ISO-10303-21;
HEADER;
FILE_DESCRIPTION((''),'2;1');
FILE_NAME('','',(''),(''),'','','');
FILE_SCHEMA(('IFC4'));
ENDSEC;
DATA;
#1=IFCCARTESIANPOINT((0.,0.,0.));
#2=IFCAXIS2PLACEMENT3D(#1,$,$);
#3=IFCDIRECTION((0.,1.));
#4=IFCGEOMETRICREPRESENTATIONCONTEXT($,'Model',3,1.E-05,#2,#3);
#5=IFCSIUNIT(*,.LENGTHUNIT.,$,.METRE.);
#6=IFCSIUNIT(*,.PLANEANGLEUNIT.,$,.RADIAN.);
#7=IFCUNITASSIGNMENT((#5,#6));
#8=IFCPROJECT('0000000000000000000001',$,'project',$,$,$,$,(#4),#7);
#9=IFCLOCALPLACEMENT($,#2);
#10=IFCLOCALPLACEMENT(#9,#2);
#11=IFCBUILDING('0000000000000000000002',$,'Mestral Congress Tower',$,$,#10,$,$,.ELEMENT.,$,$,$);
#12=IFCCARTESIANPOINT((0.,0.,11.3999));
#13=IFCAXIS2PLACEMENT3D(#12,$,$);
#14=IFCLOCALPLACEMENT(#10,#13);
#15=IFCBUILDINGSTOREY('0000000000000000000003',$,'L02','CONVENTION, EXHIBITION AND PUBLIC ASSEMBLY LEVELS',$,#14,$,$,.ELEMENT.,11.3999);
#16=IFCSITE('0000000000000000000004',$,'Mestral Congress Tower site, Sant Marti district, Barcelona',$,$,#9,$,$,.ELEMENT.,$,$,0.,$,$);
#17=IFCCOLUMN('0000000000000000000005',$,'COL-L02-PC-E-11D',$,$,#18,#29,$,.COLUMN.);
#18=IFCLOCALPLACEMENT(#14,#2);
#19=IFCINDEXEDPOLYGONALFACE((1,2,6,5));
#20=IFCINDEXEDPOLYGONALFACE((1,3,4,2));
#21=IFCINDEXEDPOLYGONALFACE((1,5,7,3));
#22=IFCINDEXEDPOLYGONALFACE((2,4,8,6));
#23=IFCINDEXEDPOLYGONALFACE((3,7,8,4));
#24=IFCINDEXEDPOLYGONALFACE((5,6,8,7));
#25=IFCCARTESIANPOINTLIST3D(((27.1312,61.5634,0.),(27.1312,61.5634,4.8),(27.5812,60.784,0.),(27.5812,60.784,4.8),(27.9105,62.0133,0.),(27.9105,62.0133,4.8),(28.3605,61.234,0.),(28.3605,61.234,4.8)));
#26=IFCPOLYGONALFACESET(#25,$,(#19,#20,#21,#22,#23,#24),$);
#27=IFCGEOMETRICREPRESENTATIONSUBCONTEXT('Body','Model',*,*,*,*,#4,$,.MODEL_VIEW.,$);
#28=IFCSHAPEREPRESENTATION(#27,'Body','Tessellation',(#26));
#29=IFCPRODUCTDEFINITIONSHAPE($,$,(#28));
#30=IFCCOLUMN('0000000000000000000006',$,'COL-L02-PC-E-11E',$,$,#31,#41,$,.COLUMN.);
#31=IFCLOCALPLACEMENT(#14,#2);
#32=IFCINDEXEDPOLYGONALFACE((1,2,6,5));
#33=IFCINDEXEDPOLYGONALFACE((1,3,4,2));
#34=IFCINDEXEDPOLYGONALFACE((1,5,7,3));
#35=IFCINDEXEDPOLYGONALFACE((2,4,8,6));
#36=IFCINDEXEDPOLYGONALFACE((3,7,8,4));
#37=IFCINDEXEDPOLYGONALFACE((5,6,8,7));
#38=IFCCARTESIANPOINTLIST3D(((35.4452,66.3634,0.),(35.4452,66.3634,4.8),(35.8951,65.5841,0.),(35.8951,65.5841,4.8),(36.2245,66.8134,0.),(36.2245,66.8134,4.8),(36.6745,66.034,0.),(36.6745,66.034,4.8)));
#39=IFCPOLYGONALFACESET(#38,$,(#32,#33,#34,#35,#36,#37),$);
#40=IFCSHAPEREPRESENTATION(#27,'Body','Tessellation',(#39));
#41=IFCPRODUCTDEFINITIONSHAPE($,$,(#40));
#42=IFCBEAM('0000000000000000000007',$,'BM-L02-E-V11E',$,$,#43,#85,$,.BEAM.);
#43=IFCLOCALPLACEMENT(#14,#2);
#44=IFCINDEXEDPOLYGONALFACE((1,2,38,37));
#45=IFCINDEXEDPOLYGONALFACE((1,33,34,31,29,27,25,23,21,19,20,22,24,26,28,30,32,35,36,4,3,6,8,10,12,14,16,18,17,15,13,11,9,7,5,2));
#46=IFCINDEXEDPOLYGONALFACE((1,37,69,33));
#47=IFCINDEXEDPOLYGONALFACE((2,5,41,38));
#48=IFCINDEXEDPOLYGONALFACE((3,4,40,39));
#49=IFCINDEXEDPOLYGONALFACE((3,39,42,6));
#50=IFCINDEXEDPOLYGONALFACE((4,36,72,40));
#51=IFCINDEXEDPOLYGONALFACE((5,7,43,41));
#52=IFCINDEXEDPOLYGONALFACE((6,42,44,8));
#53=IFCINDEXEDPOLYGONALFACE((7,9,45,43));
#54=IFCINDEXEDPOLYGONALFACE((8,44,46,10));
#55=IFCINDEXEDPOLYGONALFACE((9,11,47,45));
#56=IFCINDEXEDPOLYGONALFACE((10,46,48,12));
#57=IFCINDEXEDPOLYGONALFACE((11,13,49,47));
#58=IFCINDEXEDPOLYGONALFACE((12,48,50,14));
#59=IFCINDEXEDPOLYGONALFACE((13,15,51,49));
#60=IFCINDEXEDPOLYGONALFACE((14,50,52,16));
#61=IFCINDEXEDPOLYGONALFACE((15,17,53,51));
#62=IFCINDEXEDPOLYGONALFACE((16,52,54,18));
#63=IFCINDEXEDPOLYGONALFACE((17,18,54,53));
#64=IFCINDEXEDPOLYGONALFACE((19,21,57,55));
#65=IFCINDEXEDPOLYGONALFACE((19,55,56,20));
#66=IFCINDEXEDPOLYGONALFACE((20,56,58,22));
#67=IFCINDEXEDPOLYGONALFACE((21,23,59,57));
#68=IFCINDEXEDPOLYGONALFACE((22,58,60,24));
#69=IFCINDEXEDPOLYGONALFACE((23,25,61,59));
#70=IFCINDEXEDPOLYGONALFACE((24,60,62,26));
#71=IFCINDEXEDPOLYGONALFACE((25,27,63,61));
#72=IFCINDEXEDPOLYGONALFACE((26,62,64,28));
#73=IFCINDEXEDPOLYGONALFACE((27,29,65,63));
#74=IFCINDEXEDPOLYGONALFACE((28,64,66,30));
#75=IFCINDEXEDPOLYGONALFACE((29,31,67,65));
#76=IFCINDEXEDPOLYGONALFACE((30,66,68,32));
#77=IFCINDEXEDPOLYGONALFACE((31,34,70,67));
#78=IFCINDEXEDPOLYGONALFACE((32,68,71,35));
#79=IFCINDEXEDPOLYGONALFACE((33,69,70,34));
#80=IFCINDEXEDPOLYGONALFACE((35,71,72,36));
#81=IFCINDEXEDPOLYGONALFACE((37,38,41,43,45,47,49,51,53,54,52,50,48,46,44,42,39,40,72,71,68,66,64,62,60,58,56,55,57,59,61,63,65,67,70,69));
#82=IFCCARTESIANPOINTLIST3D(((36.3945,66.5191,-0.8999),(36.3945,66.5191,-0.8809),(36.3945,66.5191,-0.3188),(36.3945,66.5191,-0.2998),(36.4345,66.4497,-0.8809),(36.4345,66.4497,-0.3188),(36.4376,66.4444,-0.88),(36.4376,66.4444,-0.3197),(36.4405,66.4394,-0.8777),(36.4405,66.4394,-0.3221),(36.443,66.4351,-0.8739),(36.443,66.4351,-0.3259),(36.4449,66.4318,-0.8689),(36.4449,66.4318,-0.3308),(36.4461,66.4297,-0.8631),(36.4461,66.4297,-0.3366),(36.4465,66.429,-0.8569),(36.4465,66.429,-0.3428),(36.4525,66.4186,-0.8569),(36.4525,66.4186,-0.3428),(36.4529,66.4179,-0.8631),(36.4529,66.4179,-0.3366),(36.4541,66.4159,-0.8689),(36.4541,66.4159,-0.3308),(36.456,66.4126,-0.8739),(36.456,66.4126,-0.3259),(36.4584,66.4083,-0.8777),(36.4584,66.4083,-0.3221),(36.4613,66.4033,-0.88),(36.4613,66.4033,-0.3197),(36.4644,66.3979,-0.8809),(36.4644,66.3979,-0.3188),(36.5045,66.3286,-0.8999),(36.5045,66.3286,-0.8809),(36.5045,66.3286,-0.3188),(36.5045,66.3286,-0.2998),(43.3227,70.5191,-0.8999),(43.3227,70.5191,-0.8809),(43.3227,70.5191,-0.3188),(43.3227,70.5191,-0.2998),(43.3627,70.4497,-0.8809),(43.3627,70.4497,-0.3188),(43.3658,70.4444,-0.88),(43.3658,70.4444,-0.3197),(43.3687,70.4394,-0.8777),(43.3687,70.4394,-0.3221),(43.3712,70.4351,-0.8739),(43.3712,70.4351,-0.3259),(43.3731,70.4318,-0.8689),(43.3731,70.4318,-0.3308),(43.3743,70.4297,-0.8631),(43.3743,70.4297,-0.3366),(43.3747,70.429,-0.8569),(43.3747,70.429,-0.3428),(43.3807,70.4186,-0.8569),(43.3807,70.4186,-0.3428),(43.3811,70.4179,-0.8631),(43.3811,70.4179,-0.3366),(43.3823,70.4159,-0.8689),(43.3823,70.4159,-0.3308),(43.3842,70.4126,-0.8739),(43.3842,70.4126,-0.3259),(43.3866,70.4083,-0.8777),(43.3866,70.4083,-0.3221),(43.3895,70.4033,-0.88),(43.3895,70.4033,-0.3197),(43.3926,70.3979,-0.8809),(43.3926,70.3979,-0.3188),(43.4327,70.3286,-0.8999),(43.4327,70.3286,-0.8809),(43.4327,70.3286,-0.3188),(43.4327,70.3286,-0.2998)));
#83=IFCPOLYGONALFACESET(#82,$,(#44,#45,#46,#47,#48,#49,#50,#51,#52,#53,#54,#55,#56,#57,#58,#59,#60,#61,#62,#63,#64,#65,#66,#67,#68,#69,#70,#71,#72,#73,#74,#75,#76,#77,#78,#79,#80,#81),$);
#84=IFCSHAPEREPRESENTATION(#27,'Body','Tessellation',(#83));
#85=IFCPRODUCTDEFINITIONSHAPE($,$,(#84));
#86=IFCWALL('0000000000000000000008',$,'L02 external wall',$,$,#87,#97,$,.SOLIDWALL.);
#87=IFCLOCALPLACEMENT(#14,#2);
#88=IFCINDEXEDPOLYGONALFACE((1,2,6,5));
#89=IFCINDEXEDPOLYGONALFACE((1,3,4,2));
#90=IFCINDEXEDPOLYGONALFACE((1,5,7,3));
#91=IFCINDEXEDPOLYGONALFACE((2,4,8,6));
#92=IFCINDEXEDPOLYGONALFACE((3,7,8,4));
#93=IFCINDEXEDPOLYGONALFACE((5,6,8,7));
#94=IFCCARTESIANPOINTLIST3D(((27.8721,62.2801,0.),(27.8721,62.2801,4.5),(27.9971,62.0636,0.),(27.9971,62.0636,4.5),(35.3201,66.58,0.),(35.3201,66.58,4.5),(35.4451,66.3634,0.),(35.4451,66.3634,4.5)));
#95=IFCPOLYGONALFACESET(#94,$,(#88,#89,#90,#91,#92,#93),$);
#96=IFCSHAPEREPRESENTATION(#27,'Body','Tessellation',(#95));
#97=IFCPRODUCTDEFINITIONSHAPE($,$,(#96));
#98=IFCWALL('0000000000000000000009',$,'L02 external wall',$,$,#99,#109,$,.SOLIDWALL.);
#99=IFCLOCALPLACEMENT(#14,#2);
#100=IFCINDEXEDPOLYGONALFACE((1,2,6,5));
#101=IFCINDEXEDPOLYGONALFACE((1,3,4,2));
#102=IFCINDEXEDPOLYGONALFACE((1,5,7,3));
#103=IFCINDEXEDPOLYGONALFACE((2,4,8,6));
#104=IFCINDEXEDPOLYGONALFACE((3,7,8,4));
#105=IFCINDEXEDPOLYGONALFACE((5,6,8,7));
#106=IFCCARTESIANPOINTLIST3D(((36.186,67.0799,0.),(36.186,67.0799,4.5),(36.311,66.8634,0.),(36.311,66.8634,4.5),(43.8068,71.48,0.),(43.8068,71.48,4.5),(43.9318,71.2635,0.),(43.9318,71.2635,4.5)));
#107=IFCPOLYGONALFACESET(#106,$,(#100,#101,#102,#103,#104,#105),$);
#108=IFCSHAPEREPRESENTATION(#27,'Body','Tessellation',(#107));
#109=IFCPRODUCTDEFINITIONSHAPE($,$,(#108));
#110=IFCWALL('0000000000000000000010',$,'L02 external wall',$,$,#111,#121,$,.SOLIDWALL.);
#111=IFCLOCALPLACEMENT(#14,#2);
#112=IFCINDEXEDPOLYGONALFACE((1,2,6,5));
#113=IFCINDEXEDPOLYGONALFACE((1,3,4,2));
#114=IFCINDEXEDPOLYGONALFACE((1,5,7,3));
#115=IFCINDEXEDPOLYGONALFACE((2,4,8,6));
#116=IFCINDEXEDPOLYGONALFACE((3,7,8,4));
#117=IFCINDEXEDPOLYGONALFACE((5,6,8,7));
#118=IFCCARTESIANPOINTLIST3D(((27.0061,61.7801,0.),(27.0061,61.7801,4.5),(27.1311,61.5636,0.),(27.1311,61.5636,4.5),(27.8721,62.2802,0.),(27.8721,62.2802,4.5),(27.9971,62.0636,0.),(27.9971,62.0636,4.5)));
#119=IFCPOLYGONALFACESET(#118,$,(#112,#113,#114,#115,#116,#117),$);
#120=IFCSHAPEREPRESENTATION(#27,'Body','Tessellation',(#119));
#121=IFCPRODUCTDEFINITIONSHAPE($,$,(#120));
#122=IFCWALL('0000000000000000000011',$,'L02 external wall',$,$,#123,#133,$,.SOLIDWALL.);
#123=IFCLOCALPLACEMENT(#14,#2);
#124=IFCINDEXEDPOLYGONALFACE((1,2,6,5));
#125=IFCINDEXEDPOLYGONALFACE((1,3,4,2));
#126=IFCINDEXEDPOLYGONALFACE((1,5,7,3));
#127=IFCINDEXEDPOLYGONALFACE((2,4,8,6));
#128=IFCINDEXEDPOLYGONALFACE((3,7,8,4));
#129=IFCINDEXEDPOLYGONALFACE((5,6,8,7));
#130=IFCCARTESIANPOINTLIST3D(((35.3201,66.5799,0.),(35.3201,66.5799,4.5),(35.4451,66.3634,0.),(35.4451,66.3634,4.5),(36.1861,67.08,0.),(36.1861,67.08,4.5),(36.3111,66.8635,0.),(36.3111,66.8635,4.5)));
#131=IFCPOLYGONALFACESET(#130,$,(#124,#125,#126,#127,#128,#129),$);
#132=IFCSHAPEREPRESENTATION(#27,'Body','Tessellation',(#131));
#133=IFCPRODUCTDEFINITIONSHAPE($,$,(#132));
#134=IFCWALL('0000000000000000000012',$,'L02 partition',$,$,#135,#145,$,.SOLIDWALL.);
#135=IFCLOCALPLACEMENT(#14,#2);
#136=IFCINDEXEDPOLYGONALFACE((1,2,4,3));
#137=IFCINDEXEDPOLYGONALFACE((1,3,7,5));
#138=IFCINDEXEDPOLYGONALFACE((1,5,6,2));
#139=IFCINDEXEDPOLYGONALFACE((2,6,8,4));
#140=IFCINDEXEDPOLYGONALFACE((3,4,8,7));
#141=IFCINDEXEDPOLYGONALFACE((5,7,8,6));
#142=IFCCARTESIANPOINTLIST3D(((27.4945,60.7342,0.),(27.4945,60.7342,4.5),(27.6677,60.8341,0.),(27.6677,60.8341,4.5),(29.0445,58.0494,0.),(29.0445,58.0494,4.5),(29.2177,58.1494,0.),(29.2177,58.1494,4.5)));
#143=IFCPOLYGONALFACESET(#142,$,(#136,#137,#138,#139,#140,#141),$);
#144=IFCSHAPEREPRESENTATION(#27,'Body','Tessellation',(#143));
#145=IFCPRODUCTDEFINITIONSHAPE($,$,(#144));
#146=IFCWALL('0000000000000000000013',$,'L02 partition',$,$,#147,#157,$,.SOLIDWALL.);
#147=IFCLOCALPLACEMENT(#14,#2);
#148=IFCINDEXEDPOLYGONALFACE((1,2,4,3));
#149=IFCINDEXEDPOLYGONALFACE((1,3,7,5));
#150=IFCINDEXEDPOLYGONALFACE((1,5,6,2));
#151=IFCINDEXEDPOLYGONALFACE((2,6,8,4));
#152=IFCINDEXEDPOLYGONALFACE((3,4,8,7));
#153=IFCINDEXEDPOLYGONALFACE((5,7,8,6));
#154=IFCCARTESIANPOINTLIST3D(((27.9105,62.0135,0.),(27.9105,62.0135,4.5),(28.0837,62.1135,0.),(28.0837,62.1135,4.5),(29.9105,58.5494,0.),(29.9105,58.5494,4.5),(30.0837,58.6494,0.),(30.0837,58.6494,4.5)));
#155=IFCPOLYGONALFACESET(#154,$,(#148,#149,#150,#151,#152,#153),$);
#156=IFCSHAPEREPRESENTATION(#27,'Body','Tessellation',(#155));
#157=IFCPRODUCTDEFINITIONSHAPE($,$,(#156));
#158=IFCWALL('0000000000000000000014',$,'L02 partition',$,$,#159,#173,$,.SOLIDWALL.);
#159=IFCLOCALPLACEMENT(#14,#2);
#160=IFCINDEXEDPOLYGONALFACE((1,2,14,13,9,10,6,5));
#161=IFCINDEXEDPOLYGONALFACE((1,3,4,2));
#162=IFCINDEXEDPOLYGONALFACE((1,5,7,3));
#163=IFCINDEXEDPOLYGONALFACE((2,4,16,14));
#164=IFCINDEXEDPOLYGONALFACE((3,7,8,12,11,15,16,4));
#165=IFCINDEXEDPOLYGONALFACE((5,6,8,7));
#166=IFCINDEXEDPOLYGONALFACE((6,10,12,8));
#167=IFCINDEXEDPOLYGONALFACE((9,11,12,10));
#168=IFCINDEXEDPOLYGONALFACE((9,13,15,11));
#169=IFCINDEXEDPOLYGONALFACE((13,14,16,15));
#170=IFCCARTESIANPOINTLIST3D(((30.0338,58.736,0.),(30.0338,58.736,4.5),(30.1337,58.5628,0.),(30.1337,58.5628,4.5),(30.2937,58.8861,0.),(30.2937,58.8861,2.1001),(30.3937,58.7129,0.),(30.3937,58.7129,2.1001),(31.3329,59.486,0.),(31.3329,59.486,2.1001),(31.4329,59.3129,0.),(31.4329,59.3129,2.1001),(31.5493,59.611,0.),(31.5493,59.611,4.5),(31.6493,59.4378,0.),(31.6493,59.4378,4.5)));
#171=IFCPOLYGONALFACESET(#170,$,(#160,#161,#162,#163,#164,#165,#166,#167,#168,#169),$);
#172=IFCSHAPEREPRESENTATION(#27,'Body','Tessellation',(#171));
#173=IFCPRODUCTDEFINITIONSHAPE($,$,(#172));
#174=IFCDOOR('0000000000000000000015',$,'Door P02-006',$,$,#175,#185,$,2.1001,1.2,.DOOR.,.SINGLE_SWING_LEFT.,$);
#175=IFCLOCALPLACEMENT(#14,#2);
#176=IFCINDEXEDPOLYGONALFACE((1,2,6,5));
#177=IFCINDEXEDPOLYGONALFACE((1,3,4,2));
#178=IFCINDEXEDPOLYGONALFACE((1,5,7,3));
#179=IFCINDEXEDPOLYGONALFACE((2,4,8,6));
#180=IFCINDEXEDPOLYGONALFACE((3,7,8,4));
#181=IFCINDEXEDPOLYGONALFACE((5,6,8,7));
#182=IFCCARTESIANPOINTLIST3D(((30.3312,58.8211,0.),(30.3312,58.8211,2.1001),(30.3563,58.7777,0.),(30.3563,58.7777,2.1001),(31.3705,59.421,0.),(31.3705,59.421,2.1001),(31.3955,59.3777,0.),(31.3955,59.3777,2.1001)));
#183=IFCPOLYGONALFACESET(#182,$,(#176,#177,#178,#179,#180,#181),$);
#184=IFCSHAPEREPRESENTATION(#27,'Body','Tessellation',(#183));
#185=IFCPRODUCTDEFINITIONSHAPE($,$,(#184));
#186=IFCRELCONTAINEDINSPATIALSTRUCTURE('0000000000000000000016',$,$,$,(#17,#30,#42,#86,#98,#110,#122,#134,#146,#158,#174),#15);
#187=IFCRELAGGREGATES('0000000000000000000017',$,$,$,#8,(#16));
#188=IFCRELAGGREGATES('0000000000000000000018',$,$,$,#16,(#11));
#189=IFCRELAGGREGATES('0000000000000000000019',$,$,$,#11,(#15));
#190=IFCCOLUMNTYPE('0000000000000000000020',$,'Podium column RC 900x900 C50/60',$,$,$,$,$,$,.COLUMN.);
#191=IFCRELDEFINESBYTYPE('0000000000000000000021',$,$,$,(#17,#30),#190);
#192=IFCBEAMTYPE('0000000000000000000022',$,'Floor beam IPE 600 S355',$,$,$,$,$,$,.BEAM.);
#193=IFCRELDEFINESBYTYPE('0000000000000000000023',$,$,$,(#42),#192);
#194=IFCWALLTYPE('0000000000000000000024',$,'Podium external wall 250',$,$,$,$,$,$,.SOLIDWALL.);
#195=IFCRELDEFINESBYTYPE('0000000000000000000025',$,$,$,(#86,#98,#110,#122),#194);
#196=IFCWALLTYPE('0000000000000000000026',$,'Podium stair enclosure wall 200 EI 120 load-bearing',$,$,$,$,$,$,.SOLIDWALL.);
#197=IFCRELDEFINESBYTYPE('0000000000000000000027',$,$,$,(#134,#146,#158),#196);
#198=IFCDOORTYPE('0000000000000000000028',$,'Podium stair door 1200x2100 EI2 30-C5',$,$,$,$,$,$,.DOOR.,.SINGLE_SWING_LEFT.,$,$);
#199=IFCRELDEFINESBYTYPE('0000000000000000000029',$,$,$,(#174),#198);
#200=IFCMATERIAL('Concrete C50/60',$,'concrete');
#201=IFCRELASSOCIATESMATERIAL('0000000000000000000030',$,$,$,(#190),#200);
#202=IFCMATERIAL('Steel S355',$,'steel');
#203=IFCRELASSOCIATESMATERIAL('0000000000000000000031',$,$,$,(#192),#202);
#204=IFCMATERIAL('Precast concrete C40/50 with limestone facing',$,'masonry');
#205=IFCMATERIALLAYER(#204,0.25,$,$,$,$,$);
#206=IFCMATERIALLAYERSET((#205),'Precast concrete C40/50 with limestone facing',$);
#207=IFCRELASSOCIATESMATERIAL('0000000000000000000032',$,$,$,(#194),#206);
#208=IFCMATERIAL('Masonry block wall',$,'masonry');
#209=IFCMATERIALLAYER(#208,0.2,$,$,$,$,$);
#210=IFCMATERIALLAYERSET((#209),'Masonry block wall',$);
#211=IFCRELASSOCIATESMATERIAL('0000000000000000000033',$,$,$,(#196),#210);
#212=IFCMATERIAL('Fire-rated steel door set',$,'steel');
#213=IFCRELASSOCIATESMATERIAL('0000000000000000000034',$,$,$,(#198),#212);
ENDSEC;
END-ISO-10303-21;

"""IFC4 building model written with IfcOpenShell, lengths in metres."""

from ifc_helpers import new_model, si_unit, direction, frame, frame_2d, origin, origin_2d, place, context, subcontext, project, spatial, rectangle, i_section, extrude, material, layer, layer_set, material_profile, profile_set, type_object, element, fill, save


model = new_model("IFC4")

# Units and contexts
model_context = context("Model", 3, precision=1e-05, world=origin(), true_north=direction((0.0, 1.0)))
body_context = subcontext(model_context, "Body", "Model", "MODEL_VIEW")
ifc_project = project(units=[si_unit("LENGTHUNIT", "METRE"), si_unit("PLANEANGLEUNIT", "RADIAN")], contexts=[model_context])

# Site, building, storey
site_placement = place(None, origin())
site = spatial("IfcSite", under=ifc_project, at=site_placement, Name="Mestral Congress Tower site, Sant Marti district, Barcelona", CompositionType="ELEMENT", RefElevation=0.0)
building_placement = place(site_placement, origin())
building = spatial("IfcBuilding", under=site, at=building_placement, Name="Mestral Congress Tower", CompositionType="ELEMENT")
storey_placement = place(building_placement, frame((0.0, 0.0, 11.3999)))
storey = spatial("IfcBuildingStorey", under=building, at=storey_placement, Name="L02", Description="CONVENTION, EXHIBITION AND PUBLIC ASSEMBLY LEVELS", CompositionType="ELEMENT", Elevation=11.3999)

# Columns
ifc_material_1 = material(Name="Concrete C50/60", Category="concrete")
ifc_material_profile_1 = material_profile(ifc_material_1, rectangle(XDim=0.8999, YDim=0.8999, at=origin_2d()), Name="RC 900x900")
ifc_profile_set_1 = profile_set([ifc_material_profile_1], Name="Concrete C50/60")
column_type = type_object("IfcColumnType", Name="Podium column RC 900x900 C50/60", PredefinedType="COLUMN", material=ifc_profile_set_1)
for number, where, z_axis, x_axis, name in (
    (1, (27.7458, 61.3987, 0.0), (0.0, 0.0, 1.0), (-0.5, 0.866025, 0.0), "COL-L02-PC-E-11D"),
    (2, (36.0598, 66.1987, 0.0), (0.0, 0.0, 1.0), (-0.5, 0.866025, 0.0), "COL-L02-PC-E-11E"),
):
    element("IfcColumn", number, at=place(storey_placement, frame(where, z_axis=z_axis, x_axis=x_axis)), inside=storey, type_object=column_type, Name=name, PredefinedType="COLUMN", context=body_context, shape_type="SweptSolid", body=[
        extrude(rectangle(XDim=0.8999, YDim=0.8999, at=origin_2d()), origin(), (0.0, 0.0, 1.0), 4.8),
    ])

# Beam
ifc_material_2 = material(Name="Steel S355", Category="steel")
ifc_material_profile_2 = material_profile(ifc_material_2, i_section(OverallWidth=0.22, OverallDepth=0.6001, WebThickness=0.012, FlangeThickness=0.019, FilletRadius=0.0239, at=origin_2d()), Name="IPE 600")
ifc_profile_set_2 = profile_set([ifc_material_profile_2], Name="Steel S355")
beam_type = type_object("IfcBeamType", Name="Floor beam IPE 600 S355", PredefinedType="BEAM", material=ifc_profile_set_2)
beam_placement = place(storey_placement, frame((36.4495, 66.4238, -0.5999), z_axis=(0.866026, 0.499999, 0.0), x_axis=(-0.499999, 0.866026, 0.0)))
element("IfcBeam", 3, at=beam_placement, inside=storey, type_object=beam_type, Name="BM-L02-E-V11E", PredefinedType="BEAM", context=body_context, shape_type="SweptSolid", body=[
    extrude(i_section(OverallWidth=0.22, OverallDepth=0.6001, WebThickness=0.012, FlangeThickness=0.019, FilletRadius=0.0239, at=origin_2d()), origin(), (0.0, 0.0, 1.0), 8.0),
])

# Walls
ifc_material_3 = material(Name="Precast concrete C40/50 with limestone facing", Category="masonry")
ifc_layer_1 = layer(ifc_material_3, 0.25)
ifc_layer_set_1 = layer_set([ifc_layer_1], Name="Precast concrete C40/50 with limestone facing")
wall_type_1 = type_object("IfcWallType", Name="Podium external wall 250", PredefinedType="SOLIDWALL", material=ifc_layer_set_1)
wall_1_placement = place(storey_placement, frame((27.9346, 62.1719, 0.0), z_axis=(0.0, 0.0, 1.0), x_axis=(0.86604, 0.499974, 0.0)))
element("IfcWall", 4, at=wall_1_placement, inside=storey, type_object=wall_type_1, Name="L02 external wall", PredefinedType="SOLIDWALL", context=body_context, shape_type="SweptSolid", body=[
    extrude(rectangle(XDim=8.6001, YDim=0.25, at=frame_2d((4.3, 0.0))), origin(), (0.0, 0.0, 1.0), 4.5),
])
wall_2_placement = place(storey_placement, frame((36.2485, 66.9717, 0.0), z_axis=(0.0, 0.0, 1.0), x_axis=(0.866013, 0.500021, 0.0)))
element("IfcWall", 5, at=wall_2_placement, inside=storey, type_object=wall_type_1, Name="L02 external wall", PredefinedType="SOLIDWALL", context=body_context, shape_type="SweptSolid", body=[
    extrude(rectangle(XDim=8.7998, YDim=0.25, at=frame_2d((4.3999, 0.0))), origin(), (0.0, 0.0, 1.0), 4.5),
])
for number, where, z_axis, x_axis, name in (
    (6, (27.0686, 61.6719, 0.0), (0.0, 0.0, 1.0), (0.866011, 0.500025, 0.0), "L02 external wall"),
    (7, (35.3826, 66.4717, 0.0), (0.0, 0.0, 1.0), (0.866011, 0.500025, 0.0), "L02 external wall"),
):
    element("IfcWall", number, at=place(storey_placement, frame(where, z_axis=z_axis, x_axis=x_axis)), inside=storey, type_object=wall_type_1, Name=name, PredefinedType="SOLIDWALL", context=body_context, shape_type="SweptSolid", body=[
        extrude(rectangle(XDim=1.0, YDim=0.25, at=frame_2d((0.5, 0.0))), origin(), (0.0, 0.0, 1.0), 4.5),
    ])
ifc_material_4 = material(Name="Masonry block wall", Category="masonry")
ifc_layer_2 = layer(ifc_material_4, 0.2)
ifc_layer_set_2 = layer_set([ifc_layer_2], Name="Masonry block wall")
wall_type_2 = type_object("IfcWallType", Name="Podium stair enclosure wall 200 EI 120 load-bearing", PredefinedType="SOLIDWALL", material=ifc_layer_set_2)
wall_3_placement = place(storey_placement, frame((29.1311, 58.0994, 0.0), z_axis=(0.0, 0.0, 1.0), x_axis=(-0.499993, 0.86603, 0.0)))
element("IfcWall", 8, at=wall_3_placement, inside=storey, type_object=wall_type_2, Name="L02 partition", PredefinedType="SOLIDWALL", context=body_context, shape_type="SweptSolid", body=[
    extrude(rectangle(XDim=3.1001, YDim=0.2, at=frame_2d((1.55, 0.0))), origin(), (0.0, 0.0, 1.0), 4.5),
])
wall_4_placement = place(storey_placement, frame((29.9971, 58.5994, 0.0), z_axis=(0.0, 0.0, 1.0), x_axis=(-0.499999, 0.866026, 0.0)))
element("IfcWall", 9, at=wall_4_placement, inside=storey, type_object=wall_type_2, Name="L02 partition", PredefinedType="SOLIDWALL", context=body_context, shape_type="SweptSolid", body=[
    extrude(rectangle(XDim=4.0, YDim=0.2, at=frame_2d((2.0, 0.0))), origin(), (0.0, 0.0, 1.0), 4.5),
])

# Wall, opening, door
wall_5_placement = place(storey_placement, frame((30.0837, 58.6494, 0.0), z_axis=(0.0, 0.0, 1.0), x_axis=(0.866037, 0.49998, 0.0)))
wall_5 = element("IfcWall", 10, at=wall_5_placement, inside=storey, type_object=wall_type_2, Name="L02 partition", PredefinedType="SOLIDWALL", context=body_context, shape_type="SweptSolid", body=[
    extrude(rectangle(XDim=1.75, YDim=0.2, at=frame_2d((0.875, 0.0))), origin(), (0.0, 0.0, 1.0), 4.5),
])
opening_1_placement = place(wall_5_placement, frame((0.3, 0.0, 0.0)))
opening_1 = element("IfcOpeningElement", 11, at=opening_1_placement, cuts=wall_5, PredefinedType="OPENING", context=body_context, shape_type="SweptSolid", body=[
    extrude(rectangle(XDim=1.2, YDim=2.1001, at=frame_2d((0.6001, 1.05))), frame((0.0, 0.1099, 0.0), z_axis=(0.0, -1.0, 0.0), x_axis=(1.0, 0.0, 0.0)), (0.0, 0.0, 1.0), 0.22),
])
ifc_material_5 = material(Name="Fire-rated steel door set", Category="steel")
door_type_1 = type_object("IfcDoorType", Name="Podium stair door 1200x2100 EI2 30-C5", OperationType="SINGLE_SWING_LEFT", PredefinedType="DOOR", material=ifc_material_5)
door_1_placement = place(opening_1_placement, origin())
door_1 = element("IfcDoor", 12, at=door_1_placement, inside=storey, type_object=door_type_1, Name="Door P02-006", OperationType="SINGLE_SWING_LEFT", OverallHeight=2.1001, OverallWidth=1.2, PredefinedType="DOOR", context=body_context, shape_type="SweptSolid", body=[
    extrude(rectangle(XDim=1.2, YDim=2.1001, at=frame_2d((0.6001, 1.05))), frame((0.0, 0.0249, 0.0), z_axis=(0.0, -1.0, 0.0), x_axis=(1.0, 0.0, 0.0)), (0.0, 0.0, 1.0), 0.05),
])
fill(opening_1, door_1)

save(model, "model.ifc")
